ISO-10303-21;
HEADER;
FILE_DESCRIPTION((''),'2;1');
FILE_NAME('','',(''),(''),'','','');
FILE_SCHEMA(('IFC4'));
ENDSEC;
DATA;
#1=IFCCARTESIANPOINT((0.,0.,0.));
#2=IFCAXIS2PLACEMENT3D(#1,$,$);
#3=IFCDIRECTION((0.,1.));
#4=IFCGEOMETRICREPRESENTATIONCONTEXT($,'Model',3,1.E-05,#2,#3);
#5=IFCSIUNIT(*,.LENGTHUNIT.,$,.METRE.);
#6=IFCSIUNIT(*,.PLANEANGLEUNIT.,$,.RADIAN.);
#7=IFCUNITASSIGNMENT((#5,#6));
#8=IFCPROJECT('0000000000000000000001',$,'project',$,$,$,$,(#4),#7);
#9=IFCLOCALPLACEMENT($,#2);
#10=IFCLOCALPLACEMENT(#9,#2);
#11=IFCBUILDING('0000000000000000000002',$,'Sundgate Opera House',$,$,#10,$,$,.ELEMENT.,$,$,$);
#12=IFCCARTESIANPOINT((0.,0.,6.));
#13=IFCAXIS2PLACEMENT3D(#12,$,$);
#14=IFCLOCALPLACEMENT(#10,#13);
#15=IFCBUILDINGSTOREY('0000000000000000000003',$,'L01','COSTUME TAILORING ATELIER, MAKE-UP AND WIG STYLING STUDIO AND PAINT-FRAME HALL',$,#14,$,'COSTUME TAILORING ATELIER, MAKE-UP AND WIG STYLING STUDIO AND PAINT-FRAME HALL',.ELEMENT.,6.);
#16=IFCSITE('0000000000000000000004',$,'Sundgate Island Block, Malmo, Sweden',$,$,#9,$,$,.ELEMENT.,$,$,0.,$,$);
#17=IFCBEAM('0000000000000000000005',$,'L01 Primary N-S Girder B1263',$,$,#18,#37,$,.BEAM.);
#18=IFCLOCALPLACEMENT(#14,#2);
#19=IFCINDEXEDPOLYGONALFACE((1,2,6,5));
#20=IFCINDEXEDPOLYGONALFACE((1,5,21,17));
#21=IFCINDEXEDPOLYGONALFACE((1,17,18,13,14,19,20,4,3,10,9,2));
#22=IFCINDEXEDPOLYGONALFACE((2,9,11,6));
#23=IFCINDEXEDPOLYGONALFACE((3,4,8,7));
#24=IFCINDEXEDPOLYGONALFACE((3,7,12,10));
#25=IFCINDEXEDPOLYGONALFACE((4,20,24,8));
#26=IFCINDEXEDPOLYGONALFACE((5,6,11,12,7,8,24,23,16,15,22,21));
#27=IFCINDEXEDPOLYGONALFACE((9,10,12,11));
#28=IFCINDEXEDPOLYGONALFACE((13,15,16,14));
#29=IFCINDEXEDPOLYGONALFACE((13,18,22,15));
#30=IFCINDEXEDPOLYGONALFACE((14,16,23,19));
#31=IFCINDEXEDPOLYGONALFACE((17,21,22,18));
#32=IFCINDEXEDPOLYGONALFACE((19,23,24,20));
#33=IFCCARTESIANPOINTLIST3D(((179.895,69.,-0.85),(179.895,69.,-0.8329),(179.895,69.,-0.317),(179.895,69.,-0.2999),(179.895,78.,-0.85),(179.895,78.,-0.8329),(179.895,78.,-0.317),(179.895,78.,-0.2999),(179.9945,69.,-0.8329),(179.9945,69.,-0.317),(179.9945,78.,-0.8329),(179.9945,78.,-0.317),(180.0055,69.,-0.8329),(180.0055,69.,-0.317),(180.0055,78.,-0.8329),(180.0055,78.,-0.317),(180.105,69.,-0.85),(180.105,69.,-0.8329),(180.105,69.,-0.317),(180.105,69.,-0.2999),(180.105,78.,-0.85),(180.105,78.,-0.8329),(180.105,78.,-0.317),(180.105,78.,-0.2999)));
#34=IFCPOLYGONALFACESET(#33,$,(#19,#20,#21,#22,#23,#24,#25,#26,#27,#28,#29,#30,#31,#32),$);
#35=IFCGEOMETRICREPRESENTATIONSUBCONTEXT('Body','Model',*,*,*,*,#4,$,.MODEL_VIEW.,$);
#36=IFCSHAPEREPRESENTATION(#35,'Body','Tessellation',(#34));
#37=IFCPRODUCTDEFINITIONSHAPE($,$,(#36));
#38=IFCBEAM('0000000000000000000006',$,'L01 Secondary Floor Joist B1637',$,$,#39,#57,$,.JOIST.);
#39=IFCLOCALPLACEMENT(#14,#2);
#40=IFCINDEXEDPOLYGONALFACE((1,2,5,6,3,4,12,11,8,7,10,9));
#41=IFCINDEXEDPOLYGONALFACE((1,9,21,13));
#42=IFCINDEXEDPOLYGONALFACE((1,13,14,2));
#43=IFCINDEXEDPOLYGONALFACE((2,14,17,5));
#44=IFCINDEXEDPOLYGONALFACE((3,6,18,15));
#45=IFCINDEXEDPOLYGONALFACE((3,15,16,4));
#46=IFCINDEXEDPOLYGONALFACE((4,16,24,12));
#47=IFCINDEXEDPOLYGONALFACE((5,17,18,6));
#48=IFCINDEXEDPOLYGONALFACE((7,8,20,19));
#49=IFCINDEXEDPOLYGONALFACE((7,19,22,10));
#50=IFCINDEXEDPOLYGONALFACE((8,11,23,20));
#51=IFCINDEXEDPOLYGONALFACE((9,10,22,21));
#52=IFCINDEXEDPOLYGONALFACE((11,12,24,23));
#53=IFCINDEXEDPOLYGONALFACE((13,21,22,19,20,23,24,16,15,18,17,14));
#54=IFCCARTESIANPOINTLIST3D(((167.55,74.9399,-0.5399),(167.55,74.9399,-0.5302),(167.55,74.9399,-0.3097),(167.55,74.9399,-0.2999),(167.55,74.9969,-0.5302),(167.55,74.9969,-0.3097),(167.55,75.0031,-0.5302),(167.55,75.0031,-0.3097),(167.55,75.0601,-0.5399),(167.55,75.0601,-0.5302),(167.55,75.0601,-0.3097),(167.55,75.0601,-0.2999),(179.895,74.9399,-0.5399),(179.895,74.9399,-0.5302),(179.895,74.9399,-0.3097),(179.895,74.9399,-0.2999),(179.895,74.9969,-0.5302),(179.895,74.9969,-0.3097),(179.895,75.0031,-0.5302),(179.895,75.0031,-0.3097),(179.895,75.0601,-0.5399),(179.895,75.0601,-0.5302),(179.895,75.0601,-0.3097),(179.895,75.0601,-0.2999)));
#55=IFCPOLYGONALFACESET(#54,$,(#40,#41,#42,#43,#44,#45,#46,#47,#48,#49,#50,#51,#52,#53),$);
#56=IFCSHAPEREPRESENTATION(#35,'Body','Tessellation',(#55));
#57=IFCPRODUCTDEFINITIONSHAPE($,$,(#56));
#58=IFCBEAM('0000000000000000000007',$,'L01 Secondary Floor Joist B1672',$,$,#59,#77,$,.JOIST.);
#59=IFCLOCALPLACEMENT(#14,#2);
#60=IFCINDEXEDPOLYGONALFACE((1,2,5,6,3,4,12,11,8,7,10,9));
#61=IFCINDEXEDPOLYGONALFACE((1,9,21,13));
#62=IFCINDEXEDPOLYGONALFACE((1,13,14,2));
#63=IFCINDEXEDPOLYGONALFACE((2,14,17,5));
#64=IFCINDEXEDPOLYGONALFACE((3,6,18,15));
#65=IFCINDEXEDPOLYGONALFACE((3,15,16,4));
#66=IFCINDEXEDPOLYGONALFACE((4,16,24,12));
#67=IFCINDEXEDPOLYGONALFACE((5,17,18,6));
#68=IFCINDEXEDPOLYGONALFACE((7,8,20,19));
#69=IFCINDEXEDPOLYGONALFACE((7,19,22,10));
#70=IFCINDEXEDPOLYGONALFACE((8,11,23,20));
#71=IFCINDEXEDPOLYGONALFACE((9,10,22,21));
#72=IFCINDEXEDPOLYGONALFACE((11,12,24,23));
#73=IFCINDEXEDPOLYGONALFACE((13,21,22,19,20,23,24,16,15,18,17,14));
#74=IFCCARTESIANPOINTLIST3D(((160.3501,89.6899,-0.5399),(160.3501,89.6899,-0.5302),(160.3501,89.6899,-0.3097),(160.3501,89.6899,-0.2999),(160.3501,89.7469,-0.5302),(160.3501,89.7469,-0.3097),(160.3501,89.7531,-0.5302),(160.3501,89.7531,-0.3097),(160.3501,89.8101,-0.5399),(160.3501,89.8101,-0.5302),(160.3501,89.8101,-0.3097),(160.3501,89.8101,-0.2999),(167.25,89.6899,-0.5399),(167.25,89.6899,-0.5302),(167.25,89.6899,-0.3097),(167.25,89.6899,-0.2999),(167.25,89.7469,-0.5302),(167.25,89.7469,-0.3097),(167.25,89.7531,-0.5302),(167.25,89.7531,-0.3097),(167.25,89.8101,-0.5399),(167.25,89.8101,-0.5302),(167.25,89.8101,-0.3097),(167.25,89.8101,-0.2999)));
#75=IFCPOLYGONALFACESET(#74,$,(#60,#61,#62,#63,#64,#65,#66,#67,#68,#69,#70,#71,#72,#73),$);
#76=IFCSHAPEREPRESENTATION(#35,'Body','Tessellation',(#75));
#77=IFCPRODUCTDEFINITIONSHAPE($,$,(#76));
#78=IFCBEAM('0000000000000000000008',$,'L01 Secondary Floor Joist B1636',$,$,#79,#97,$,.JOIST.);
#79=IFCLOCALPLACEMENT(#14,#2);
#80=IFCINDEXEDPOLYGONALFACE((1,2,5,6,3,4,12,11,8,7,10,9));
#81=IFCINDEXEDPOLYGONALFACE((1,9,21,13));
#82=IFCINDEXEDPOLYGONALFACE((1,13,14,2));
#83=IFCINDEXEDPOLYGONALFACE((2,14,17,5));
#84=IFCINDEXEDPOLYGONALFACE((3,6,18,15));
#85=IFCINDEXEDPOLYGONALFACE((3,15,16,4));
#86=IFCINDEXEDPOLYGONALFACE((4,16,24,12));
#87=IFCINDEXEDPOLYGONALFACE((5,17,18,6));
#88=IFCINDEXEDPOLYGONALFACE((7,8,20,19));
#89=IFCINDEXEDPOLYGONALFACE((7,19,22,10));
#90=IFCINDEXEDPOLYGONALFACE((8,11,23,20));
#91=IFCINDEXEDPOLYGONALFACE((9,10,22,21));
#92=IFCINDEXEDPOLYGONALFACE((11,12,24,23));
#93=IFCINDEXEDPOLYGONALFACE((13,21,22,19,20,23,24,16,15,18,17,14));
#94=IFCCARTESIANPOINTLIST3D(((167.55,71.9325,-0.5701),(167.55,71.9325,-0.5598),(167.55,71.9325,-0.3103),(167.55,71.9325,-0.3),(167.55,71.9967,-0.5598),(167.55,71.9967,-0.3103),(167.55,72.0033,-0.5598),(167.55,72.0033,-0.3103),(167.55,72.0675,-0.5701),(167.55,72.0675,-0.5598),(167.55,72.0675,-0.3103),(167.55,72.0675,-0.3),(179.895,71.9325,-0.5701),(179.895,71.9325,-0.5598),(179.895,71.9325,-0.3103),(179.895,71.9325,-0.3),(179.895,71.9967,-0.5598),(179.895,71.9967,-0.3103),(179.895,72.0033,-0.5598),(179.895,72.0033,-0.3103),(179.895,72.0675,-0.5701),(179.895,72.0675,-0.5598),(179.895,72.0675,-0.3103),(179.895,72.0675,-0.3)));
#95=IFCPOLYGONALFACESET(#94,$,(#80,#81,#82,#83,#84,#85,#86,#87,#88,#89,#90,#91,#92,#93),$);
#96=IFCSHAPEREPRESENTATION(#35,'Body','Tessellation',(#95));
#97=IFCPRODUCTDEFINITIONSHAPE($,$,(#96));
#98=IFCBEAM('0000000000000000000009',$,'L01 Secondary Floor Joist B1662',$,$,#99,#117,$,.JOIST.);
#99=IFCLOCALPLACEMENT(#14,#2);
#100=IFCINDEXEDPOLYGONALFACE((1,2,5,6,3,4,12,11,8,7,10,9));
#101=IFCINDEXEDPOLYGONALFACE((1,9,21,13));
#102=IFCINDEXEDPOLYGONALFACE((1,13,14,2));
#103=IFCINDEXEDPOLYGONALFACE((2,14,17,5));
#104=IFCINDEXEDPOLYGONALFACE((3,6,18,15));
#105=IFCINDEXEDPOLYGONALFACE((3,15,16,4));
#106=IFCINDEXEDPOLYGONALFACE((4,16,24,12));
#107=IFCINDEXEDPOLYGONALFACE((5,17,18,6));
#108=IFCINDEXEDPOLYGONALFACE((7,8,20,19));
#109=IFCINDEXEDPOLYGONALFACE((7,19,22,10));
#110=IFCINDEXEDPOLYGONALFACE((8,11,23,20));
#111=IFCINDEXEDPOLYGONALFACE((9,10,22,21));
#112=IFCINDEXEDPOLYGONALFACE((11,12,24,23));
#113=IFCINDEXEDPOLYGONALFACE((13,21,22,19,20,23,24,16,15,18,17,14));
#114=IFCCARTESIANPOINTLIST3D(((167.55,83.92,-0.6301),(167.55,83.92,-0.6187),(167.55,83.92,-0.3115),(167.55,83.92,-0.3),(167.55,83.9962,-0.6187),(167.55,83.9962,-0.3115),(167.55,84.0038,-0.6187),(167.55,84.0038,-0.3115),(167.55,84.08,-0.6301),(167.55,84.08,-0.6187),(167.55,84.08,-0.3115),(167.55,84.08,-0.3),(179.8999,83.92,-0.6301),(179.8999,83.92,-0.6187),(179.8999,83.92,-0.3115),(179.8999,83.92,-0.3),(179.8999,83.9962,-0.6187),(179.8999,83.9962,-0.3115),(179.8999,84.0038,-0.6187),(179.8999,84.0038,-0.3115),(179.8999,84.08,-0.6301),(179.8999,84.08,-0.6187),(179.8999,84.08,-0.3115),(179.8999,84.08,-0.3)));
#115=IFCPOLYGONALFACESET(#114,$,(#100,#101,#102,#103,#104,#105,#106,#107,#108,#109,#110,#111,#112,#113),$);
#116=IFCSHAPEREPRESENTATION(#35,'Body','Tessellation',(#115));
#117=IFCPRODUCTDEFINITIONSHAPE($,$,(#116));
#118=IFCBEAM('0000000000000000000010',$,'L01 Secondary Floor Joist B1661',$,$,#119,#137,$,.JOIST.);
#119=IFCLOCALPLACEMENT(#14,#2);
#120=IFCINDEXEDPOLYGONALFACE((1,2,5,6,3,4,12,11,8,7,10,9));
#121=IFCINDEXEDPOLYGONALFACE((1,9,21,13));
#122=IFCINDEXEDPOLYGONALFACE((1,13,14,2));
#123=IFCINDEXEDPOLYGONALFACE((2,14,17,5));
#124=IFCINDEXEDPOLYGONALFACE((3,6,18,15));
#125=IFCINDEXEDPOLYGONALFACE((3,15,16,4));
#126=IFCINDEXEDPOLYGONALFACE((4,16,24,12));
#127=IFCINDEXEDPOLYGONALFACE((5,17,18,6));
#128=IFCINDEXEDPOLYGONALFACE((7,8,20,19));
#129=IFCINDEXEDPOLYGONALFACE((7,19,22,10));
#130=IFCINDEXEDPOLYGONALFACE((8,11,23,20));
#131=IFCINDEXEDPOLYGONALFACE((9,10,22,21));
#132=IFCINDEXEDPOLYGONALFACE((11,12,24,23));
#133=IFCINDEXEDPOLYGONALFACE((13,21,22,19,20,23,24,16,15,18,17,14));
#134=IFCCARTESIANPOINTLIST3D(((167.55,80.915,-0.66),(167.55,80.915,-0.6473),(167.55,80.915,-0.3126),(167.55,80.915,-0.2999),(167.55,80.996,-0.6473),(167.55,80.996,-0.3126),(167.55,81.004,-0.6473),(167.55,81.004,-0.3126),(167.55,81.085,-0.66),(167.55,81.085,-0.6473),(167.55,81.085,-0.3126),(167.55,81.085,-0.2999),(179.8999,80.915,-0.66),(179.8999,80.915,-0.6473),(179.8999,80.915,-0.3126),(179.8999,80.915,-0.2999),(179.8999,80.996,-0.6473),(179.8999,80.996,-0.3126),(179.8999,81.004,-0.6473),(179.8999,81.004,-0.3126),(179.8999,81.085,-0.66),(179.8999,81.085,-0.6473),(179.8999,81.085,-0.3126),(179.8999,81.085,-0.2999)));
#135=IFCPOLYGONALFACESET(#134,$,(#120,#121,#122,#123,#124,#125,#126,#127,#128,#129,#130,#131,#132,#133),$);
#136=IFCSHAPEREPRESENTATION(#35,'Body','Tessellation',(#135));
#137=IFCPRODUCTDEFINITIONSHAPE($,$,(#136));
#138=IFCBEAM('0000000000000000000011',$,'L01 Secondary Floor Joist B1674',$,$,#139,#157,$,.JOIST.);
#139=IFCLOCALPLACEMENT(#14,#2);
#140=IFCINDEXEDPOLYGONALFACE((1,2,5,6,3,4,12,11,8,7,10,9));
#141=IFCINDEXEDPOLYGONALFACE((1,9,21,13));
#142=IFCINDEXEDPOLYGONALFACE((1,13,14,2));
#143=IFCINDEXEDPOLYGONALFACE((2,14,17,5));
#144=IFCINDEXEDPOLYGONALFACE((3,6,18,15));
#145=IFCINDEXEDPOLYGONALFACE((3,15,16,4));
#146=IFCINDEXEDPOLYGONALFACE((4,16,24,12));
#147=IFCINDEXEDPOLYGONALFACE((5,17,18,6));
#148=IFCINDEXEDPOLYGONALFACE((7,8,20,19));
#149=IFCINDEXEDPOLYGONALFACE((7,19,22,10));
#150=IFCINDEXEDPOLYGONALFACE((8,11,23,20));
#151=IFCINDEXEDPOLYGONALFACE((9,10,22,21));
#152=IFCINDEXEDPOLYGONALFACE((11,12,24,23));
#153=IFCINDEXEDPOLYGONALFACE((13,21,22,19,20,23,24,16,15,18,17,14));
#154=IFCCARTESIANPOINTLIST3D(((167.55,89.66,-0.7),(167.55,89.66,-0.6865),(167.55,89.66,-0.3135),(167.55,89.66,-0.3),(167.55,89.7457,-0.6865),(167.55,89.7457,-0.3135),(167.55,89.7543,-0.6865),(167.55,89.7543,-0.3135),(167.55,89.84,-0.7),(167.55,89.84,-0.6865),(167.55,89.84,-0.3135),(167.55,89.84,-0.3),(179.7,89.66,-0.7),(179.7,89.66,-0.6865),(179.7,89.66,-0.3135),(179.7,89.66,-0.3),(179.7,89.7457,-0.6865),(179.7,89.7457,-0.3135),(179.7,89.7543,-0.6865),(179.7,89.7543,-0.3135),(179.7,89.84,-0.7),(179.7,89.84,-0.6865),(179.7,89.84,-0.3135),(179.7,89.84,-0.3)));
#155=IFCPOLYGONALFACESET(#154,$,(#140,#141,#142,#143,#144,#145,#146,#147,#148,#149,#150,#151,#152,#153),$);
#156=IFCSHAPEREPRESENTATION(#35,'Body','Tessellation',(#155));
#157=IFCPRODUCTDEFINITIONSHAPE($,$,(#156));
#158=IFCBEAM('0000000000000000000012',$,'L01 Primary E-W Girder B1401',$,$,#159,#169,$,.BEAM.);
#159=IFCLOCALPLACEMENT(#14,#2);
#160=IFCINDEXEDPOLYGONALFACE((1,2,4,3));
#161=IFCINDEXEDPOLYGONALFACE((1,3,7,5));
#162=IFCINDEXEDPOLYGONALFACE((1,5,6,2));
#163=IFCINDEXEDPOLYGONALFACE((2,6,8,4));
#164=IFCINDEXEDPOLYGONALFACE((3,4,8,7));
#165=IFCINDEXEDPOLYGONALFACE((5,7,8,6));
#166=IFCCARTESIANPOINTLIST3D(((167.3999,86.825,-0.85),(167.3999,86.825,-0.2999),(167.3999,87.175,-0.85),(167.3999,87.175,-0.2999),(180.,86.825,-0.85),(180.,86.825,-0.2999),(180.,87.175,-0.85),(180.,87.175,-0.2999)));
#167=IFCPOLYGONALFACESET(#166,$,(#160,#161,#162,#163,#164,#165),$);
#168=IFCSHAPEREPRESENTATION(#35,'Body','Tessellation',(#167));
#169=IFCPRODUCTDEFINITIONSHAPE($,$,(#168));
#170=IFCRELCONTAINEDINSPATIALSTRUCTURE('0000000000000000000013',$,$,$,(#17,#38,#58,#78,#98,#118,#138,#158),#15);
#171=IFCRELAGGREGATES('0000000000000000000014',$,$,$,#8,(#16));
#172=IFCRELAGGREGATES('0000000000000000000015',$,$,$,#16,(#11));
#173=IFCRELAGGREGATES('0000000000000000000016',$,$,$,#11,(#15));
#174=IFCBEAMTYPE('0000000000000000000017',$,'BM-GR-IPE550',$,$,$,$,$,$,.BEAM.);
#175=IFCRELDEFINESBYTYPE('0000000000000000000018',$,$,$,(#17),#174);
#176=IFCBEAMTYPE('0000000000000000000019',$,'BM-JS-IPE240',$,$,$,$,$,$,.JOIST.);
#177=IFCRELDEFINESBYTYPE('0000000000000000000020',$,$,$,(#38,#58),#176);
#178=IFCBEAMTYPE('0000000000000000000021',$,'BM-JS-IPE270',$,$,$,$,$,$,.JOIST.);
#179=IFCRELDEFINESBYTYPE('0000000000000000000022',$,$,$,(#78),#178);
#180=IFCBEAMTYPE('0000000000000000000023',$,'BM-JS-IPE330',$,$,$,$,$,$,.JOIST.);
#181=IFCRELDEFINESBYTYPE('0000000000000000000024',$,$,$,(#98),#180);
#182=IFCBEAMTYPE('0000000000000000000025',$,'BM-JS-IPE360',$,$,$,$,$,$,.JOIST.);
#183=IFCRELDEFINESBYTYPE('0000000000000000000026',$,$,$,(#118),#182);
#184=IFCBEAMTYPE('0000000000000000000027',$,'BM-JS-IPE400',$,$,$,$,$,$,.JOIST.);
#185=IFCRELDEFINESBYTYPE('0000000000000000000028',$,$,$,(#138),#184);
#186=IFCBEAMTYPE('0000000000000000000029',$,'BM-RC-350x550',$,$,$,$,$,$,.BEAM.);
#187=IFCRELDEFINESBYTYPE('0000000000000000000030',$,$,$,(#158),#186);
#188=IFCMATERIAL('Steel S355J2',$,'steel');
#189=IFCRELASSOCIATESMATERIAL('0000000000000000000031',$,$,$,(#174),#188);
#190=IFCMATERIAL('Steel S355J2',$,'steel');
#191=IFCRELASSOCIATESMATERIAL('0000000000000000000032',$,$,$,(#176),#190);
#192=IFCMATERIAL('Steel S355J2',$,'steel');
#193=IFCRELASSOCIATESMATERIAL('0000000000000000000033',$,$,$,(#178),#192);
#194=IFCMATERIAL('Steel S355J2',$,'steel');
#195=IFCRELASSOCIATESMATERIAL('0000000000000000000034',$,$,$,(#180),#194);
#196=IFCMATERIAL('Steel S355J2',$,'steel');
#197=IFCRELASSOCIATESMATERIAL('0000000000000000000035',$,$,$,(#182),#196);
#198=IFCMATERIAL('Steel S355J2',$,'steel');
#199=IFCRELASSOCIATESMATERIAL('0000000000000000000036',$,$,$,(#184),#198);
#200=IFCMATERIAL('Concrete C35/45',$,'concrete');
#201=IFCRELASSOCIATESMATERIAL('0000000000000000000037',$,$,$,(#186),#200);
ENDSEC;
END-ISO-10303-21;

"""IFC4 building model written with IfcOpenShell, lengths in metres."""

from ifc_helpers import new_model, si_unit, direction, frame, origin, origin_2d, place, context, subcontext, project, spatial, rectangle, i_section, extrude, material, material_profile, profile_set, type_object, element, save


model = new_model("IFC4")

# Units and contexts
model_context = context("Model", 3, precision=1e-05, world=origin(), true_north=direction((0.0, 1.0)))
body_context = subcontext(model_context, "Body", "Model", "MODEL_VIEW")
ifc_project = project(units=[si_unit("LENGTHUNIT", "METRE"), si_unit("PLANEANGLEUNIT", "RADIAN")], contexts=[model_context])

# Site, building, storey
site_placement = place(None, origin())
site = spatial("IfcSite", under=ifc_project, at=site_placement, Name="Sundgate Island Block, Malmo, Sweden", CompositionType="ELEMENT", RefElevation=0.0)
building_placement = place(site_placement, origin())
building = spatial("IfcBuilding", under=site, at=building_placement, Name="Sundgate Opera House", CompositionType="ELEMENT")
storey_placement = place(building_placement, frame((0.0, 0.0, 6.0)))
storey = spatial("IfcBuildingStorey", under=building, at=storey_placement, Name="L01", Description="COSTUME TAILORING ATELIER, MAKE-UP AND WIG STYLING STUDIO AND PAINT-FRAME HALL", LongName="COSTUME TAILORING ATELIER, MAKE-UP AND WIG STYLING STUDIO AND PAINT-FRAME HALL", CompositionType="ELEMENT", Elevation=6.0)

# Beams
ifc_material_1 = material(Name="Steel S355J2", Category="steel")
ifc_material_profile_1 = material_profile(ifc_material_1, i_section(OverallWidth=0.21, OverallDepth=0.55, WebThickness=0.011, FlangeThickness=0.0171, at=origin_2d()), Name="IPE 550")
ifc_profile_set_1 = profile_set([ifc_material_profile_1], Name="Steel S355J2")
beam_type_1 = type_object("IfcBeamType", Name="BM-GR-IPE550", PredefinedType="BEAM", material=ifc_profile_set_1)
beam_1_placement = place(storey_placement, frame((180.0, 69.0, -0.575), z_axis=(0.0, 1.0, 0.0), x_axis=(-1.0, 0.0, 0.0)))
element("IfcBeam", 1, at=beam_1_placement, inside=storey, type_object=beam_type_1, Name="L01 Primary N-S Girder B1263", PredefinedType="BEAM", context=body_context, shape_type="SweptSolid", body=[
    extrude(i_section(OverallWidth=0.21, OverallDepth=0.55, WebThickness=0.011, FlangeThickness=0.0171, at=origin_2d()), origin(), (0.0, 0.0, 1.0), 9.0),
])
ifc_material_2 = material(Name="Steel S355J2", Category="steel")
ifc_material_profile_2 = material_profile(ifc_material_2, i_section(OverallWidth=0.1201, OverallDepth=0.24, WebThickness=0.0061, FlangeThickness=0.0098, at=origin_2d()), Name="IPE 240")
ifc_profile_set_2 = profile_set([ifc_material_profile_2], Name="Steel S355J2")
beam_type_2 = type_object("IfcBeamType", Name="BM-JS-IPE240", PredefinedType="JOIST", material=ifc_profile_set_2)
beam_2_placement = place(storey_placement, frame((167.55, 75.0, -0.4199), z_axis=(1.0, 0.0, 0.0), x_axis=(0.0, 1.0, 0.0)))
element("IfcBeam", 2, at=beam_2_placement, inside=storey, type_object=beam_type_2, Name="L01 Secondary Floor Joist B1637", PredefinedType="JOIST", context=body_context, shape_type="SweptSolid", body=[
    extrude(i_section(OverallWidth=0.1201, OverallDepth=0.24, WebThickness=0.0061, FlangeThickness=0.0098, at=origin_2d()), origin(), (0.0, 0.0, 1.0), 12.345),
])
beam_3_placement = place(storey_placement, frame((160.3501, 89.75, -0.4199), z_axis=(1.0, 0.0, 0.0), x_axis=(0.0, 1.0, 0.0)))
element("IfcBeam", 3, at=beam_3_placement, inside=storey, type_object=beam_type_2, Name="L01 Secondary Floor Joist B1672", PredefinedType="JOIST", context=body_context, shape_type="SweptSolid", body=[
    extrude(i_section(OverallWidth=0.1201, OverallDepth=0.24, WebThickness=0.0061, FlangeThickness=0.0098, at=origin_2d()), origin(), (0.0, 0.0, 1.0), 6.8999),
])
ifc_material_3 = material(Name="Steel S355J2", Category="steel")
ifc_material_profile_3 = material_profile(ifc_material_3, i_section(OverallWidth=0.135, OverallDepth=0.27, WebThickness=0.0066, FlangeThickness=0.0103, at=origin_2d()), Name="IPE 270")
ifc_profile_set_3 = profile_set([ifc_material_profile_3], Name="Steel S355J2")
beam_type_3 = type_object("IfcBeamType", Name="BM-JS-IPE270", PredefinedType="JOIST", material=ifc_profile_set_3)
beam_4_placement = place(storey_placement, frame((167.55, 72.0, -0.4351), z_axis=(1.0, 0.0, 0.0), x_axis=(0.0, 1.0, 0.0)))
element("IfcBeam", 4, at=beam_4_placement, inside=storey, type_object=beam_type_3, Name="L01 Secondary Floor Joist B1636", PredefinedType="JOIST", context=body_context, shape_type="SweptSolid", body=[
    extrude(i_section(OverallWidth=0.135, OverallDepth=0.27, WebThickness=0.0066, FlangeThickness=0.0103, at=origin_2d()), origin(), (0.0, 0.0, 1.0), 12.345),
])
ifc_material_4 = material(Name="Steel S355J2", Category="steel")
ifc_material_profile_4 = material_profile(ifc_material_4, i_section(OverallWidth=0.1599, OverallDepth=0.3301, WebThickness=0.0076, FlangeThickness=0.0115, at=origin_2d()), Name="IPE 330")
ifc_profile_set_4 = profile_set([ifc_material_profile_4], Name="Steel S355J2")
beam_type_4 = type_object("IfcBeamType", Name="BM-JS-IPE330", PredefinedType="JOIST", material=ifc_profile_set_4)
beam_5_placement = place(storey_placement, frame((167.55, 84.0, -0.4651), z_axis=(1.0, 0.0, 0.0), x_axis=(0.0, 1.0, 0.0)))
element("IfcBeam", 5, at=beam_5_placement, inside=storey, type_object=beam_type_4, Name="L01 Secondary Floor Joist B1662", PredefinedType="JOIST", context=body_context, shape_type="SweptSolid", body=[
    extrude(i_section(OverallWidth=0.1599, OverallDepth=0.3301, WebThickness=0.0076, FlangeThickness=0.0115, at=origin_2d()), origin(), (0.0, 0.0, 1.0), 12.3499),
])
ifc_material_5 = material(Name="Steel S355J2", Category="steel")
ifc_material_profile_5 = material_profile(ifc_material_5, i_section(OverallWidth=0.1699, OverallDepth=0.3601, WebThickness=0.0081, FlangeThickness=0.0127, at=origin_2d()), Name="IPE 360")
ifc_profile_set_5 = profile_set([ifc_material_profile_5], Name="Steel S355J2")
beam_type_5 = type_object("IfcBeamType", Name="BM-JS-IPE360", PredefinedType="JOIST", material=ifc_profile_set_5)
beam_6_placement = place(storey_placement, frame((167.55, 81.0, -0.48), z_axis=(1.0, 0.0, 0.0), x_axis=(0.0, 1.0, 0.0)))
element("IfcBeam", 6, at=beam_6_placement, inside=storey, type_object=beam_type_5, Name="L01 Secondary Floor Joist B1661", PredefinedType="JOIST", context=body_context, shape_type="SweptSolid", body=[
    extrude(i_section(OverallWidth=0.1699, OverallDepth=0.3601, WebThickness=0.0081, FlangeThickness=0.0127, at=origin_2d()), origin(), (0.0, 0.0, 1.0), 12.3499),
])
ifc_material_6 = material(Name="Steel S355J2", Category="steel")
ifc_material_profile_6 = material_profile(ifc_material_6, i_section(OverallWidth=0.1799, OverallDepth=0.3999, WebThickness=0.0085, FlangeThickness=0.0134, at=origin_2d()), Name="IPE 400")
ifc_profile_set_6 = profile_set([ifc_material_profile_6], Name="Steel S355J2")
beam_type_6 = type_object("IfcBeamType", Name="BM-JS-IPE400", PredefinedType="JOIST", material=ifc_profile_set_6)
beam_7_placement = place(storey_placement, frame((167.55, 89.75, -0.5), z_axis=(1.0, 0.0, 0.0), x_axis=(0.0, 1.0, 0.0)))
element("IfcBeam", 7, at=beam_7_placement, inside=storey, type_object=beam_type_6, Name="L01 Secondary Floor Joist B1674", PredefinedType="JOIST", context=body_context, shape_type="SweptSolid", body=[
    extrude(i_section(OverallWidth=0.1799, OverallDepth=0.3999, WebThickness=0.0085, FlangeThickness=0.0134, at=origin_2d()), origin(), (0.0, 0.0, 1.0), 12.1499),
])
ifc_material_7 = material(Name="Concrete C35/45", Category="concrete")
ifc_material_profile_7 = material_profile(ifc_material_7, rectangle(XDim=0.3501, YDim=0.55, at=origin_2d()), Name="RC 350x550")
ifc_profile_set_7 = profile_set([ifc_material_profile_7], Name="Concrete C35/45")
beam_type_7 = type_object("IfcBeamType", Name="BM-RC-350x550", PredefinedType="BEAM", material=ifc_profile_set_7)
beam_8_placement = place(storey_placement, frame((167.3999, 87.0, -0.575), z_axis=(1.0, 0.0, 0.0), x_axis=(0.0, 1.0, 0.0)))
element("IfcBeam", 8, at=beam_8_placement, inside=storey, type_object=beam_type_7, Name="L01 Primary E-W Girder B1401", PredefinedType="BEAM", context=body_context, shape_type="SweptSolid", body=[
    extrude(rectangle(XDim=0.3501, YDim=0.55, at=origin_2d()), origin(), (0.0, 0.0, 1.0), 12.6001),
])

save(model, "model.ifc")
